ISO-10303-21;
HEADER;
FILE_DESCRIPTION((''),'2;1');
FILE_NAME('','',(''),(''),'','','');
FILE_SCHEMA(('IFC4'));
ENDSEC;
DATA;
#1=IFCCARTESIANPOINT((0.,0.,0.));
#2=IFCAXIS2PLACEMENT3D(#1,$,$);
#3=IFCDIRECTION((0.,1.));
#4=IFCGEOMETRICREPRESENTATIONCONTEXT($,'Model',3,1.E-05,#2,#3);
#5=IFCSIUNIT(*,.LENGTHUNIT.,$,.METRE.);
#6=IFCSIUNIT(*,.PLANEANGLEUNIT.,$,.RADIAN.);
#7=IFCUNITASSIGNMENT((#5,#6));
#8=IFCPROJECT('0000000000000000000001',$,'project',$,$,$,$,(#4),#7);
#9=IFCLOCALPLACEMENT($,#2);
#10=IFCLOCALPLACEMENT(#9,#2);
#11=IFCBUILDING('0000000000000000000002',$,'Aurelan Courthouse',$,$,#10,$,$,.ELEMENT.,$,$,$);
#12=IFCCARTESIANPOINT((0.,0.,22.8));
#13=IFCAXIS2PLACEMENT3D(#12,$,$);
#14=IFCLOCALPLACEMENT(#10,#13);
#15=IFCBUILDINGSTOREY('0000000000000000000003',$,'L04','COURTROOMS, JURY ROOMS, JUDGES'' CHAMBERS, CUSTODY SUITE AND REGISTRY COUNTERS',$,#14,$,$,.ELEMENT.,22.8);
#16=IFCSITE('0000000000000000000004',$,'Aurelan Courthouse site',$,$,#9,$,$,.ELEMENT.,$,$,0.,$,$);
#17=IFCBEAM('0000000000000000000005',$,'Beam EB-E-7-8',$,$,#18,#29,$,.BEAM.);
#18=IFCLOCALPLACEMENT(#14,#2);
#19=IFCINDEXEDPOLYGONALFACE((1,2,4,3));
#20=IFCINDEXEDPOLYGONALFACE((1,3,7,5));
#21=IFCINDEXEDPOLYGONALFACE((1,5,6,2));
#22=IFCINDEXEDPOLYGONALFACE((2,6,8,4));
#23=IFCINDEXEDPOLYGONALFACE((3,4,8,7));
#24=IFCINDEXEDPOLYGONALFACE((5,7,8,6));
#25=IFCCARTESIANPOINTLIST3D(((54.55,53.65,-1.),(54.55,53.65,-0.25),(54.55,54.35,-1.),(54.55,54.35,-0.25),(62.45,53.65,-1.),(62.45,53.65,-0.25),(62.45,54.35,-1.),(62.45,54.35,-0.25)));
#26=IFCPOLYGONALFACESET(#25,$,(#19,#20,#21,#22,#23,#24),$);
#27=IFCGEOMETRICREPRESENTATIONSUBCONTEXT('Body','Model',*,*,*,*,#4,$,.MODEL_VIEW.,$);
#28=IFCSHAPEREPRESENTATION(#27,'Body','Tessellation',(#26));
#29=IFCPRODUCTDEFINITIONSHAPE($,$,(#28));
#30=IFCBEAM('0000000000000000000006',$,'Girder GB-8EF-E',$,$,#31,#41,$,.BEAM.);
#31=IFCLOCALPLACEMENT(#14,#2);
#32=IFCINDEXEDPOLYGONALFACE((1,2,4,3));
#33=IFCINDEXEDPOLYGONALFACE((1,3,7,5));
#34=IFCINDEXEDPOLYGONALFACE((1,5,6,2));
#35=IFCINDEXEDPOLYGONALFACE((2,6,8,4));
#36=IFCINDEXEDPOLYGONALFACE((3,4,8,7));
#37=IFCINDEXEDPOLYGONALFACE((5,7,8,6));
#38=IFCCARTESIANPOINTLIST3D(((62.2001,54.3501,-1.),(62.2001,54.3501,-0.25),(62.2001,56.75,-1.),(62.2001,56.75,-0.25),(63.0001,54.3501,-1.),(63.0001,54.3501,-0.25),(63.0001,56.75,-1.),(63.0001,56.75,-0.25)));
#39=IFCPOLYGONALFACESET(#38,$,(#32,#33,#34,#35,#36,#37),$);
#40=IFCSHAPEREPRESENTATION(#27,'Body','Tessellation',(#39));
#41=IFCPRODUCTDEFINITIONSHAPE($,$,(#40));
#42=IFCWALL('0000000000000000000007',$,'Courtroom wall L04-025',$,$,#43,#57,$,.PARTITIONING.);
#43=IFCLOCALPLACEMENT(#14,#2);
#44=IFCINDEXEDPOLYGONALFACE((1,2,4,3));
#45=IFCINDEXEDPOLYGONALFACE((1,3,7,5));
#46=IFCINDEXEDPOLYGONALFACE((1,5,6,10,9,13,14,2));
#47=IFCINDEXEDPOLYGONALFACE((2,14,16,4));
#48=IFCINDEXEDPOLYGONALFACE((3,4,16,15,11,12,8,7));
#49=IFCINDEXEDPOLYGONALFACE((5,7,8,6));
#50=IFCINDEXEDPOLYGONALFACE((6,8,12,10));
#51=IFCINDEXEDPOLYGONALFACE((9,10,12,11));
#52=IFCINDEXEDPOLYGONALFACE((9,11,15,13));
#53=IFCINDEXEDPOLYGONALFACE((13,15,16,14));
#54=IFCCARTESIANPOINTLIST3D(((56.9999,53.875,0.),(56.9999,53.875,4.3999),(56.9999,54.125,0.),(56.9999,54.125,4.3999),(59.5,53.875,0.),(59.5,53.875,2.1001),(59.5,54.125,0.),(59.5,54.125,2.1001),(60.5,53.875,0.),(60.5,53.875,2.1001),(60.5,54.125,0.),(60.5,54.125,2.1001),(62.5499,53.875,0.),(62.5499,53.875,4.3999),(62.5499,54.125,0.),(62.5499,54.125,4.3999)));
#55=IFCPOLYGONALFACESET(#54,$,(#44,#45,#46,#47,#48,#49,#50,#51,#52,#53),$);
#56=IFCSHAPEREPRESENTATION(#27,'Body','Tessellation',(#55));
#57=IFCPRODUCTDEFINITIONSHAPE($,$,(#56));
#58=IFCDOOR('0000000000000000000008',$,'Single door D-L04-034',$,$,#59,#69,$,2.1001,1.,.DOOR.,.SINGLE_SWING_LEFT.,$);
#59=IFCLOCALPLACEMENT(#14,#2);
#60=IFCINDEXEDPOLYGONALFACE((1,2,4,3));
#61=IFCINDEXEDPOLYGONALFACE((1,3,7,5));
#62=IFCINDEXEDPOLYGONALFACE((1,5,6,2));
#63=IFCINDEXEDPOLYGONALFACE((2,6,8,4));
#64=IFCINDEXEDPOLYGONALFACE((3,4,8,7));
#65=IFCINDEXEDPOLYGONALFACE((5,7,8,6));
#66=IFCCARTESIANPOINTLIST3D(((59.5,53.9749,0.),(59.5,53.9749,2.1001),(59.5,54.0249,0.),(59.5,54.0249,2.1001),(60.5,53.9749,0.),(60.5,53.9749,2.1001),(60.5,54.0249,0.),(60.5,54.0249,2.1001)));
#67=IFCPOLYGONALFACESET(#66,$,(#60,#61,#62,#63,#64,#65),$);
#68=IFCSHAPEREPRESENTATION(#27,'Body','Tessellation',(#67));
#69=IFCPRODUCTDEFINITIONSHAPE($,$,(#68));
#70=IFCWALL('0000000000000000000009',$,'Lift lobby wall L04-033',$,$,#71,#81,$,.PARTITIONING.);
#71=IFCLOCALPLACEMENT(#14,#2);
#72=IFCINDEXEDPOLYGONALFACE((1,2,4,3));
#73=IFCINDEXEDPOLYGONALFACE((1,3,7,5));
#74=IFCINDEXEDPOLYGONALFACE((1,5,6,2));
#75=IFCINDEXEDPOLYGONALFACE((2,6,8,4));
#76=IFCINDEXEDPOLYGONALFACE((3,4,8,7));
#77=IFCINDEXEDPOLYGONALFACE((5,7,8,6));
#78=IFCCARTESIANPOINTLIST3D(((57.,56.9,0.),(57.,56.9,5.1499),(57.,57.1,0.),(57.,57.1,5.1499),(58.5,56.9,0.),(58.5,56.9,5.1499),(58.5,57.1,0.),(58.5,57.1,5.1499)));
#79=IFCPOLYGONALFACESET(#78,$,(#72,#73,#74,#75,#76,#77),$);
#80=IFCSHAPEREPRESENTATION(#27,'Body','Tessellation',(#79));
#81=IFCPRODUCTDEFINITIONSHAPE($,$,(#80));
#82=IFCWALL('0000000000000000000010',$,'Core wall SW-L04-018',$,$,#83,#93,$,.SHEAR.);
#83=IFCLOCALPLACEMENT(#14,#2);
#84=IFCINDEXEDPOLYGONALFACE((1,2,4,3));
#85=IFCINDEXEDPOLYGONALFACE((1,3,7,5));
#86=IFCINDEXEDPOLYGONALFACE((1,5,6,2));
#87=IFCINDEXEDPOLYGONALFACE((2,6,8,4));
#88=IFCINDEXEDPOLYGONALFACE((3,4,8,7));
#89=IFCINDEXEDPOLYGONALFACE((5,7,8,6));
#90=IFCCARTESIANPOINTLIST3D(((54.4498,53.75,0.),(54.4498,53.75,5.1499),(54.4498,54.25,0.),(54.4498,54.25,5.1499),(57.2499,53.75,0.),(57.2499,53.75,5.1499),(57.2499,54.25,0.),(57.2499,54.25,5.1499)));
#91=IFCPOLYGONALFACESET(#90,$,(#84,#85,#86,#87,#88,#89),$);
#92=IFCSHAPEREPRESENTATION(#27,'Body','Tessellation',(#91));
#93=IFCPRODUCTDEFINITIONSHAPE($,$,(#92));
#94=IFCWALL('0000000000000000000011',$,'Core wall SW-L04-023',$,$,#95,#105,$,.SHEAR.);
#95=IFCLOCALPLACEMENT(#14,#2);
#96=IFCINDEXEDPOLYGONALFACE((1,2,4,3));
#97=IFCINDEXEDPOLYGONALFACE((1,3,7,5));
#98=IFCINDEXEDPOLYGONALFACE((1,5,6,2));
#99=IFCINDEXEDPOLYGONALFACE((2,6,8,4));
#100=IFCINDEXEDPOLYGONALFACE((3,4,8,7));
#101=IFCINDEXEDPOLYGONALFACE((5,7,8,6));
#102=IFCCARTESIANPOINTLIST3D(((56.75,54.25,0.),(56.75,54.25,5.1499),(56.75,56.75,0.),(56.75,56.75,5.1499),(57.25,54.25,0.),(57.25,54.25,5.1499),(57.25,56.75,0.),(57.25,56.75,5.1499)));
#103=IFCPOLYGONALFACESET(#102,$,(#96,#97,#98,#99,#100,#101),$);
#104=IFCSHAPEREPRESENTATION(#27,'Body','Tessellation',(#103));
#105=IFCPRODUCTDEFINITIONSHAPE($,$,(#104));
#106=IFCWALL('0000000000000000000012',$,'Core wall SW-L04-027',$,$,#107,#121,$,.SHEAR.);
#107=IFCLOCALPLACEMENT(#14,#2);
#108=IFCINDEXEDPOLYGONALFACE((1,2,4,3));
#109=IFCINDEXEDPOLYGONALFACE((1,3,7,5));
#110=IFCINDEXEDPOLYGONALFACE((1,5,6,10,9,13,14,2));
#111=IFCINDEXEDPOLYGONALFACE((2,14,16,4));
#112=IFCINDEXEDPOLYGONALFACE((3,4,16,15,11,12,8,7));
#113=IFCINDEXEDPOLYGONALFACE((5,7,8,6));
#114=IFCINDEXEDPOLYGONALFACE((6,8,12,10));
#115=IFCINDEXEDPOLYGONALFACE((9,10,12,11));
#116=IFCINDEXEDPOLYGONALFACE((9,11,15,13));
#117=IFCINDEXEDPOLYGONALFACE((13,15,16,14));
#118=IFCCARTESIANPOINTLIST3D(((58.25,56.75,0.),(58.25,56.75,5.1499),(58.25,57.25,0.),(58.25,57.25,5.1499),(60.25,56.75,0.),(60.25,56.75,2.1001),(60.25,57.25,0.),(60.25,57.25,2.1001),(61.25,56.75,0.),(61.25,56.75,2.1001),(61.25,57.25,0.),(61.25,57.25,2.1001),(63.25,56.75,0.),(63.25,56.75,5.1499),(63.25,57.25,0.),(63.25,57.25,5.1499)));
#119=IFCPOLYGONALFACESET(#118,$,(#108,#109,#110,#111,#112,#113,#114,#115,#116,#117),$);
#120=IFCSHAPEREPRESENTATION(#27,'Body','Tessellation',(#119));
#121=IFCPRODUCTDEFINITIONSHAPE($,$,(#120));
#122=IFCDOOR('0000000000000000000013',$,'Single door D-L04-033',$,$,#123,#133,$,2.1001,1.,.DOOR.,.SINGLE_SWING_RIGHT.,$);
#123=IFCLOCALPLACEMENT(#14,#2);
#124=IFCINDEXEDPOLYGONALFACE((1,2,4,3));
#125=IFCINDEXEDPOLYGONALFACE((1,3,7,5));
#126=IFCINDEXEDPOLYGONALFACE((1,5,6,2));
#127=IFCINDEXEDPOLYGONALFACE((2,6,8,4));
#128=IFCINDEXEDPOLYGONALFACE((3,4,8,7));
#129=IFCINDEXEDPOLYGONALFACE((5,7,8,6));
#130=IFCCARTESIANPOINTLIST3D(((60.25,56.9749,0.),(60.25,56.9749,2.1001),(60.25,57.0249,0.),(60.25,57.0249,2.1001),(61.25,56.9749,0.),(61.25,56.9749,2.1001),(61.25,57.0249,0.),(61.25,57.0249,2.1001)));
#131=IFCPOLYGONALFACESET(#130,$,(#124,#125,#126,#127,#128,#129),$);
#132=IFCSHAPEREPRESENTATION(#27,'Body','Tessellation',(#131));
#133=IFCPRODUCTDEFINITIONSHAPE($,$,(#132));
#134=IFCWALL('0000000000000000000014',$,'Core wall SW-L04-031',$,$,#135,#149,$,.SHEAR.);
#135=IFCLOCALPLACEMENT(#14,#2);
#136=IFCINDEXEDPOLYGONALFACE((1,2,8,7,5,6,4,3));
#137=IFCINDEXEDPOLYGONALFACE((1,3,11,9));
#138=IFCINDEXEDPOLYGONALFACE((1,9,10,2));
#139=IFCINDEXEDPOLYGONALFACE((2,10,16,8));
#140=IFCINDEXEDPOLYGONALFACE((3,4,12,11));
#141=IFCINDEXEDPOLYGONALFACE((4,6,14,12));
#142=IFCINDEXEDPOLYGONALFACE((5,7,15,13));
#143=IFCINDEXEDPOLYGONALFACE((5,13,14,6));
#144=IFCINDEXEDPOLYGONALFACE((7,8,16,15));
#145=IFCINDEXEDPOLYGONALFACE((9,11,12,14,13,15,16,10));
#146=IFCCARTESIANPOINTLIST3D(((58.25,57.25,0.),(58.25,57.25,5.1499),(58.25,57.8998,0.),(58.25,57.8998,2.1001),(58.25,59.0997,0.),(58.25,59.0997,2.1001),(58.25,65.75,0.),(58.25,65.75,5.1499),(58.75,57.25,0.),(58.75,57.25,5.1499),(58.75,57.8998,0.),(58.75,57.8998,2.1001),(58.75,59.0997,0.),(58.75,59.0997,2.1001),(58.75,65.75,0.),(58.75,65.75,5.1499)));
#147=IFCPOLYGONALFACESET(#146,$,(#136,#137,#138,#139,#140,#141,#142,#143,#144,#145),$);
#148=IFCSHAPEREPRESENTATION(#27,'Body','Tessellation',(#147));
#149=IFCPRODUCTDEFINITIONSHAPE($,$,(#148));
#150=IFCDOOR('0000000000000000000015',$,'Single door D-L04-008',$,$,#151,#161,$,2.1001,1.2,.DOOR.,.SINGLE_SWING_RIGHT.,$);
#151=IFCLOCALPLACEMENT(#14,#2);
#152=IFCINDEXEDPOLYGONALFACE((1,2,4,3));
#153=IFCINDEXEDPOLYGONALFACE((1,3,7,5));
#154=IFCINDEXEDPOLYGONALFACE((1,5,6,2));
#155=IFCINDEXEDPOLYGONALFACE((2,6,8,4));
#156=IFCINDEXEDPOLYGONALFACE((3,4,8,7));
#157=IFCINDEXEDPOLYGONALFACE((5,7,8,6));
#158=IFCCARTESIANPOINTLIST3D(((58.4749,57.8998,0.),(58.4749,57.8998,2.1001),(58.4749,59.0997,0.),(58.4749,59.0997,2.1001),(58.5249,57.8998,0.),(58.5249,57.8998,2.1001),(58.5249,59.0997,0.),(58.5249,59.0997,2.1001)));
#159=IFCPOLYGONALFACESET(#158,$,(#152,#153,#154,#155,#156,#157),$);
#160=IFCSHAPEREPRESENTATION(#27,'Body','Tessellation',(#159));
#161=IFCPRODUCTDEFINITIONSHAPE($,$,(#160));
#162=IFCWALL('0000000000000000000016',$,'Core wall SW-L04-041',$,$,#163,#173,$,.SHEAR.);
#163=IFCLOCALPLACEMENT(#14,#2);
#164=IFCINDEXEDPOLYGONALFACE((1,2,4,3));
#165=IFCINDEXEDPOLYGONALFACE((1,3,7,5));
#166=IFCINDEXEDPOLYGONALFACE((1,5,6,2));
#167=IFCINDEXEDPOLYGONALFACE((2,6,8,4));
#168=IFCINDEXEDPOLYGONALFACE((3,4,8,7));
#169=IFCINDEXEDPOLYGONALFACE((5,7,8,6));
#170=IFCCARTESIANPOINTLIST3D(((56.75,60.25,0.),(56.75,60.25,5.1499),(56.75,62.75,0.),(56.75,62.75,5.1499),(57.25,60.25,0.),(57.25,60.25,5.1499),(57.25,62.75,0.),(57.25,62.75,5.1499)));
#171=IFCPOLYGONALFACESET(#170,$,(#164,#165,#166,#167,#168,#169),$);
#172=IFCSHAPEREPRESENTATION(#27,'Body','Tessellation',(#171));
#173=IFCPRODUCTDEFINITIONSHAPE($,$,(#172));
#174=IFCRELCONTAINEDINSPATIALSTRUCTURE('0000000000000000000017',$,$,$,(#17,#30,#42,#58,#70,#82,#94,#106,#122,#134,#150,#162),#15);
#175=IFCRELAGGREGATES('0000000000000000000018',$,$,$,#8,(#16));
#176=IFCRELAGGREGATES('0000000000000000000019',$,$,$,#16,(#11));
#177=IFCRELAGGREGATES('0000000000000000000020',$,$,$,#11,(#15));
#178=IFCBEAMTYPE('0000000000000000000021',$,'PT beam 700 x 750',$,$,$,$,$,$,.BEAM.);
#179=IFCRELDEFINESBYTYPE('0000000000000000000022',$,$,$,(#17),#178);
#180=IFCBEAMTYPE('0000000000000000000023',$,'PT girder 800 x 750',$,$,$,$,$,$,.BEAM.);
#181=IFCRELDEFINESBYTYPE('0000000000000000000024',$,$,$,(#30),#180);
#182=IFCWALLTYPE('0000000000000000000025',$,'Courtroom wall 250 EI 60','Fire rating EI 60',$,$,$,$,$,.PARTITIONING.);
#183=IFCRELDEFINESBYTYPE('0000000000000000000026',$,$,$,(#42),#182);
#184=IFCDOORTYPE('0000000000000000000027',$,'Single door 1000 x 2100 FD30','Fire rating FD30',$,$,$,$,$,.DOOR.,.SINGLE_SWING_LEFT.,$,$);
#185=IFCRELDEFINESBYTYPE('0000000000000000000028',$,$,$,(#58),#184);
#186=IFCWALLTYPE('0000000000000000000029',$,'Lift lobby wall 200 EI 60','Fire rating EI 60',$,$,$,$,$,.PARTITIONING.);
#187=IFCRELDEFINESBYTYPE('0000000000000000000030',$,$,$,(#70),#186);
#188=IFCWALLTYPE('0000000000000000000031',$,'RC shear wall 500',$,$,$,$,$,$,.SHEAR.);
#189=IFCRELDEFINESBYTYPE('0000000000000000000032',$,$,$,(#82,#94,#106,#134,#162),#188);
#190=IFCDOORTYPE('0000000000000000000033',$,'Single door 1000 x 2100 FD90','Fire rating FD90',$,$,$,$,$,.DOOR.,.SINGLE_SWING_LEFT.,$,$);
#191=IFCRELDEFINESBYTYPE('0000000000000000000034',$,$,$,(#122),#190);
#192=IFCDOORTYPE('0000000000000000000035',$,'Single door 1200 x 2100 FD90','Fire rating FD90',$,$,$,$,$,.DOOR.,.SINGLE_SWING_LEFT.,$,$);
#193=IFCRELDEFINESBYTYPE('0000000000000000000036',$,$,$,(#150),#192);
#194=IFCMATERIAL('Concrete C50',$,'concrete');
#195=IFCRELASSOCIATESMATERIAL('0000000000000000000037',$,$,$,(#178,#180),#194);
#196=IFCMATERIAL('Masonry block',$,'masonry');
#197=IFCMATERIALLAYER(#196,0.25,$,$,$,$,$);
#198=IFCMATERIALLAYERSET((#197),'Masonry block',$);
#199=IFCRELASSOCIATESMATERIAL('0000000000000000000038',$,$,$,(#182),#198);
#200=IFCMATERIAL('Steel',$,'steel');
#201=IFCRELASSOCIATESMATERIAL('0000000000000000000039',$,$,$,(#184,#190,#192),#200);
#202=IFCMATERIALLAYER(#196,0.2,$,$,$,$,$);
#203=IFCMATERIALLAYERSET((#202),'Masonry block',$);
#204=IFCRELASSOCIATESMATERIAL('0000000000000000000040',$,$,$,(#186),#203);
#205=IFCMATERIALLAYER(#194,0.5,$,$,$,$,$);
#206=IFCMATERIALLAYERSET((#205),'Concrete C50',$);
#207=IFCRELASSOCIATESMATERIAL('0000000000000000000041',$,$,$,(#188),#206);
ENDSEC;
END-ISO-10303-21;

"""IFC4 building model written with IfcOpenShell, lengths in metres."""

from ifc_helpers import new_model, si_unit, direction, frame, frame_2d, origin, origin_2d, place, context, subcontext, project, spatial, rectangle, extrude, material, layer, layer_set, material_profile, profile_set, type_object, element, fill, save


model = new_model("IFC4")

# Units and contexts
model_context = context("Model", 3, precision=1e-05, world=origin(), true_north=direction((0.0, 1.0)))
body_context = subcontext(model_context, "Body", "Model", "MODEL_VIEW")
ifc_project = project(units=[si_unit("LENGTHUNIT", "METRE"), si_unit("PLANEANGLEUNIT", "RADIAN")], contexts=[model_context])

# Site, building, storey
site_placement = place(None, origin())
site = spatial("IfcSite", under=ifc_project, at=site_placement, Name="Aurelan Courthouse site", CompositionType="ELEMENT", RefElevation=0.0)
building_placement = place(site_placement, origin())
building = spatial("IfcBuilding", under=site, at=building_placement, Name="Aurelan Courthouse", CompositionType="ELEMENT")
storey_placement = place(building_placement, frame((0.0, 0.0, 22.8)))
storey = spatial("IfcBuildingStorey", under=building, at=storey_placement, Name="L04", Description="COURTROOMS, JURY ROOMS, JUDGES' CHAMBERS, CUSTODY SUITE AND REGISTRY COUNTERS", CompositionType="ELEMENT", Elevation=22.8)

# Beams
ifc_material_1 = material(Name="Concrete C50", Category="concrete")
ifc_material_profile_1 = material_profile(ifc_material_1, rectangle(XDim=0.7, YDim=0.75, at=origin_2d()), Name="RC 700 x 750")
ifc_profile_set_1 = profile_set([ifc_material_profile_1], Name="Concrete C50")
beam_type_1 = type_object("IfcBeamType", Name="PT beam 700 x 750", PredefinedType="BEAM", material=ifc_profile_set_1)
beam_1_placement = place(storey_placement, frame((54.55, 54.0, -0.625), z_axis=(1.0, 0.0, 0.0), x_axis=(0.0, 1.0, 0.0)))
element("IfcBeam", 1, at=beam_1_placement, inside=storey, type_object=beam_type_1, Name="Beam EB-E-7-8", PredefinedType="BEAM", context=body_context, shape_type="SweptSolid", body=[
    extrude(rectangle(XDim=0.7, YDim=0.75, at=origin_2d()), origin(), (0.0, 0.0, 1.0), 7.8999),
])
ifc_material_profile_2 = material_profile(ifc_material_1, rectangle(XDim=0.8, YDim=0.75, at=origin_2d()), Name="RC 800 x 750")
ifc_profile_set_2 = profile_set([ifc_material_profile_2], Name="Concrete C50")
beam_type_2 = type_object("IfcBeamType", Name="PT girder 800 x 750", PredefinedType="BEAM", material=ifc_profile_set_2)
beam_2_placement = place(storey_placement, frame((62.6001, 54.3501, -0.625), z_axis=(0.0, 1.0, 0.0), x_axis=(-1.0, 0.0, 0.0)))
element("IfcBeam", 2, at=beam_2_placement, inside=storey, type_object=beam_type_2, Name="Girder GB-8EF-E", PredefinedType="BEAM", context=body_context, shape_type="SweptSolid", body=[
    extrude(rectangle(XDim=0.8, YDim=0.75, at=origin_2d()), origin(), (0.0, 0.0, 1.0), 2.3999),
])

# Wall, opening, door
ifc_material_2 = material(Name="Masonry block", Category="masonry")
ifc_layer_1 = layer(ifc_material_2, 0.25)
ifc_layer_set_1 = layer_set([ifc_layer_1], Name="Masonry block")
wall_type_1 = type_object("IfcWallType", Name="Courtroom wall 250 EI 60", Description="Fire rating EI 60", PredefinedType="PARTITIONING", material=ifc_layer_set_1)
wall_1_placement = place(storey_placement, frame((57.0, 54.0, 0.0), z_axis=(0.0, 0.0, 1.0), x_axis=(1.0, 0.0, 0.0)))
wall_1 = element("IfcWall", 3, at=wall_1_placement, inside=storey, type_object=wall_type_1, Name="Courtroom wall L04-025", PredefinedType="PARTITIONING", context=body_context, shape_type="SweptSolid", body=[
    extrude(rectangle(XDim=5.55, YDim=0.25, at=frame_2d((2.7749, 0.0))), origin(), (0.0, 0.0, 1.0), 4.3999),
])
opening_1_placement = place(wall_1_placement, frame((2.5, 0.0, 0.0)))
opening_1 = element("IfcOpeningElement", 4, at=opening_1_placement, cuts=wall_1, PredefinedType="OPENING", context=body_context, shape_type="SweptSolid", body=[
    extrude(rectangle(XDim=1.0, YDim=2.1001, at=frame_2d((0.5, 1.05))), frame((0.0, 0.135, 0.0), z_axis=(0.0, -1.0, 0.0), x_axis=(1.0, 0.0, 0.0)), (0.0, 0.0, 1.0), 0.27),
])
ifc_material_3 = material(Name="Steel", Category="steel")
door_type_1 = type_object("IfcDoorType", Name="Single door 1000 x 2100 FD30", Description="Fire rating FD30", OperationType="SINGLE_SWING_LEFT", PredefinedType="DOOR", material=ifc_material_3)
door_1_placement = place(opening_1_placement, origin())
door_1 = element("IfcDoor", 5, at=door_1_placement, inside=storey, type_object=door_type_1, Name="Single door D-L04-034", OperationType="SINGLE_SWING_LEFT", OverallHeight=2.1001, OverallWidth=1.0, PredefinedType="DOOR", context=body_context, shape_type="SweptSolid", body=[
    extrude(rectangle(XDim=1.0, YDim=2.1001, at=frame_2d((0.5, 1.05))), frame((0.0, 0.0249, 0.0), z_axis=(0.0, -1.0, 0.0), x_axis=(1.0, 0.0, 0.0)), (0.0, 0.0, 1.0), 0.05),
])
fill(opening_1, door_1)

# Walls
ifc_layer_2 = layer(ifc_material_2, 0.2)
ifc_layer_set_2 = layer_set([ifc_layer_2], Name="Masonry block")
wall_type_2 = type_object("IfcWallType", Name="Lift lobby wall 200 EI 60", Description="Fire rating EI 60", PredefinedType="PARTITIONING", material=ifc_layer_set_2)
wall_2_placement = place(storey_placement, frame((57.0, 57.0, 0.0), z_axis=(0.0, 0.0, 1.0), x_axis=(1.0, 0.0, 0.0)))
element("IfcWall", 6, at=wall_2_placement, inside=storey, type_object=wall_type_2, Name="Lift lobby wall L04-033", PredefinedType="PARTITIONING", context=body_context, shape_type="SweptSolid", body=[
    extrude(rectangle(XDim=1.5, YDim=0.2, at=frame_2d((0.75, 0.0))), origin(), (0.0, 0.0, 1.0), 5.1499),
])
ifc_layer_3 = layer(ifc_material_1, 0.5)
ifc_layer_set_3 = layer_set([ifc_layer_3], Name="Concrete C50")
wall_type_3 = type_object("IfcWallType", Name="RC shear wall 500", PredefinedType="SHEAR", material=ifc_layer_set_3)
wall_3_placement = place(storey_placement, frame((54.45, 54.0, 0.0), z_axis=(0.0, 0.0, 1.0), x_axis=(1.0, 0.0, 0.0)))
element("IfcWall", 7, at=wall_3_placement, inside=storey, type_object=wall_type_3, Name="Core wall SW-L04-018", PredefinedType="SHEAR", context=body_context, shape_type="SweptSolid", body=[
    extrude(rectangle(XDim=2.8, YDim=0.5, at=frame_2d((1.3999, 0.0))), origin(), (0.0, 0.0, 1.0), 5.1499),
])
wall_4_placement = place(storey_placement, frame((57.0, 54.25, 0.0), z_axis=(0.0, 0.0, 1.0), x_axis=(0.0, 1.0, 0.0)))
element("IfcWall", 8, at=wall_4_placement, inside=storey, type_object=wall_type_3, Name="Core wall SW-L04-023", PredefinedType="SHEAR", context=body_context, shape_type="SweptSolid", body=[
    extrude(rectangle(XDim=2.5, YDim=0.5, at=frame_2d((1.25, 0.0))), origin(), (0.0, 0.0, 1.0), 5.1499),
])

# Walls, openings, doors
wall_5_placement = place(storey_placement, frame((58.25, 57.0, 0.0), z_axis=(0.0, 0.0, 1.0), x_axis=(1.0, 0.0, 0.0)))
wall_5 = element("IfcWall", 9, at=wall_5_placement, inside=storey, type_object=wall_type_3, Name="Core wall SW-L04-027", PredefinedType="SHEAR", context=body_context, shape_type="SweptSolid", body=[
    extrude(rectangle(XDim=5.0, YDim=0.5, at=frame_2d((2.5, 0.0))), origin(), (0.0, 0.0, 1.0), 5.1499),
])
opening_2_placement = place(wall_5_placement, frame((2.0, 0.0, 0.0)))
opening_2 = element("IfcOpeningElement", 10, at=opening_2_placement, cuts=wall_5, PredefinedType="OPENING", context=body_context, shape_type="SweptSolid", body=[
    extrude(rectangle(XDim=1.0, YDim=2.1001, at=frame_2d((0.5, 1.05))), frame((0.0, 0.26, 0.0), z_axis=(0.0, -1.0, 0.0), x_axis=(1.0, 0.0, 0.0)), (0.0, 0.0, 1.0), 0.52),
])
door_type_2 = type_object("IfcDoorType", Name="Single door 1000 x 2100 FD90", Description="Fire rating FD90", OperationType="SINGLE_SWING_LEFT", PredefinedType="DOOR", material=ifc_material_3)
door_2_placement = place(opening_2_placement, origin())
door_2 = element("IfcDoor", 11, at=door_2_placement, inside=storey, type_object=door_type_2, Name="Single door D-L04-033", OperationType="SINGLE_SWING_RIGHT", OverallHeight=2.1001, OverallWidth=1.0, PredefinedType="DOOR", context=body_context, shape_type="SweptSolid", body=[
    extrude(rectangle(XDim=1.0, YDim=2.1001, at=frame_2d((0.5, 1.05))), frame((0.0, 0.0249, 0.0), z_axis=(0.0, -1.0, 0.0), x_axis=(1.0, 0.0, 0.0)), (0.0, 0.0, 1.0), 0.05),
])
fill(opening_2, door_2)
wall_6_placement = place(storey_placement, frame((58.5, 57.25, 0.0), z_axis=(0.0, 0.0, 1.0), x_axis=(0.0, 1.0, 0.0)))
wall_6 = element("IfcWall", 12, at=wall_6_placement, inside=storey, type_object=wall_type_3, Name="Core wall SW-L04-031", PredefinedType="SHEAR", context=body_context, shape_type="SweptSolid", body=[
    extrude(rectangle(XDim=8.5, YDim=0.5, at=frame_2d((4.25, 0.0))), origin(), (0.0, 0.0, 1.0), 5.1499),
])
opening_3_placement = place(wall_6_placement, frame((1.8499, 0.0, 0.0), z_axis=(0.0, 0.0, 1.0), x_axis=(-1.0, 0.0, 0.0)))
opening_3 = element("IfcOpeningElement", 13, at=opening_3_placement, cuts=wall_6, PredefinedType="OPENING", context=body_context, shape_type="SweptSolid", body=[
    extrude(rectangle(XDim=1.2, YDim=2.1001, at=frame_2d((0.6001, 1.05))), frame((0.0, 0.26, 0.0), z_axis=(0.0, -1.0, 0.0), x_axis=(1.0, 0.0, 0.0)), (0.0, 0.0, 1.0), 0.52),
])
door_type_3 = type_object("IfcDoorType", Name="Single door 1200 x 2100 FD90", Description="Fire rating FD90", OperationType="SINGLE_SWING_LEFT", PredefinedType="DOOR", material=ifc_material_3)
door_3_placement = place(opening_3_placement, origin())
door_3 = element("IfcDoor", 14, at=door_3_placement, inside=storey, type_object=door_type_3, Name="Single door D-L04-008", OperationType="SINGLE_SWING_RIGHT", OverallHeight=2.1001, OverallWidth=1.2, PredefinedType="DOOR", context=body_context, shape_type="SweptSolid", body=[
    extrude(rectangle(XDim=1.2, YDim=2.1001, at=frame_2d((0.6001, 1.05))), frame((0.0, 0.0249, 0.0), z_axis=(0.0, -1.0, 0.0), x_axis=(1.0, 0.0, 0.0)), (0.0, 0.0, 1.0), 0.05),
])
fill(opening_3, door_3)

# Wall
wall_7_placement = place(storey_placement, frame((57.0, 60.25, 0.0), z_axis=(0.0, 0.0, 1.0), x_axis=(0.0, 1.0, 0.0)))
element("IfcWall", 15, at=wall_7_placement, inside=storey, type_object=wall_type_3, Name="Core wall SW-L04-041", PredefinedType="SHEAR", context=body_context, shape_type="SweptSolid", body=[
    extrude(rectangle(XDim=2.5, YDim=0.5, at=frame_2d((1.25, 0.0))), origin(), (0.0, 0.0, 1.0), 5.1499),
])

save(model, "model.ifc")
